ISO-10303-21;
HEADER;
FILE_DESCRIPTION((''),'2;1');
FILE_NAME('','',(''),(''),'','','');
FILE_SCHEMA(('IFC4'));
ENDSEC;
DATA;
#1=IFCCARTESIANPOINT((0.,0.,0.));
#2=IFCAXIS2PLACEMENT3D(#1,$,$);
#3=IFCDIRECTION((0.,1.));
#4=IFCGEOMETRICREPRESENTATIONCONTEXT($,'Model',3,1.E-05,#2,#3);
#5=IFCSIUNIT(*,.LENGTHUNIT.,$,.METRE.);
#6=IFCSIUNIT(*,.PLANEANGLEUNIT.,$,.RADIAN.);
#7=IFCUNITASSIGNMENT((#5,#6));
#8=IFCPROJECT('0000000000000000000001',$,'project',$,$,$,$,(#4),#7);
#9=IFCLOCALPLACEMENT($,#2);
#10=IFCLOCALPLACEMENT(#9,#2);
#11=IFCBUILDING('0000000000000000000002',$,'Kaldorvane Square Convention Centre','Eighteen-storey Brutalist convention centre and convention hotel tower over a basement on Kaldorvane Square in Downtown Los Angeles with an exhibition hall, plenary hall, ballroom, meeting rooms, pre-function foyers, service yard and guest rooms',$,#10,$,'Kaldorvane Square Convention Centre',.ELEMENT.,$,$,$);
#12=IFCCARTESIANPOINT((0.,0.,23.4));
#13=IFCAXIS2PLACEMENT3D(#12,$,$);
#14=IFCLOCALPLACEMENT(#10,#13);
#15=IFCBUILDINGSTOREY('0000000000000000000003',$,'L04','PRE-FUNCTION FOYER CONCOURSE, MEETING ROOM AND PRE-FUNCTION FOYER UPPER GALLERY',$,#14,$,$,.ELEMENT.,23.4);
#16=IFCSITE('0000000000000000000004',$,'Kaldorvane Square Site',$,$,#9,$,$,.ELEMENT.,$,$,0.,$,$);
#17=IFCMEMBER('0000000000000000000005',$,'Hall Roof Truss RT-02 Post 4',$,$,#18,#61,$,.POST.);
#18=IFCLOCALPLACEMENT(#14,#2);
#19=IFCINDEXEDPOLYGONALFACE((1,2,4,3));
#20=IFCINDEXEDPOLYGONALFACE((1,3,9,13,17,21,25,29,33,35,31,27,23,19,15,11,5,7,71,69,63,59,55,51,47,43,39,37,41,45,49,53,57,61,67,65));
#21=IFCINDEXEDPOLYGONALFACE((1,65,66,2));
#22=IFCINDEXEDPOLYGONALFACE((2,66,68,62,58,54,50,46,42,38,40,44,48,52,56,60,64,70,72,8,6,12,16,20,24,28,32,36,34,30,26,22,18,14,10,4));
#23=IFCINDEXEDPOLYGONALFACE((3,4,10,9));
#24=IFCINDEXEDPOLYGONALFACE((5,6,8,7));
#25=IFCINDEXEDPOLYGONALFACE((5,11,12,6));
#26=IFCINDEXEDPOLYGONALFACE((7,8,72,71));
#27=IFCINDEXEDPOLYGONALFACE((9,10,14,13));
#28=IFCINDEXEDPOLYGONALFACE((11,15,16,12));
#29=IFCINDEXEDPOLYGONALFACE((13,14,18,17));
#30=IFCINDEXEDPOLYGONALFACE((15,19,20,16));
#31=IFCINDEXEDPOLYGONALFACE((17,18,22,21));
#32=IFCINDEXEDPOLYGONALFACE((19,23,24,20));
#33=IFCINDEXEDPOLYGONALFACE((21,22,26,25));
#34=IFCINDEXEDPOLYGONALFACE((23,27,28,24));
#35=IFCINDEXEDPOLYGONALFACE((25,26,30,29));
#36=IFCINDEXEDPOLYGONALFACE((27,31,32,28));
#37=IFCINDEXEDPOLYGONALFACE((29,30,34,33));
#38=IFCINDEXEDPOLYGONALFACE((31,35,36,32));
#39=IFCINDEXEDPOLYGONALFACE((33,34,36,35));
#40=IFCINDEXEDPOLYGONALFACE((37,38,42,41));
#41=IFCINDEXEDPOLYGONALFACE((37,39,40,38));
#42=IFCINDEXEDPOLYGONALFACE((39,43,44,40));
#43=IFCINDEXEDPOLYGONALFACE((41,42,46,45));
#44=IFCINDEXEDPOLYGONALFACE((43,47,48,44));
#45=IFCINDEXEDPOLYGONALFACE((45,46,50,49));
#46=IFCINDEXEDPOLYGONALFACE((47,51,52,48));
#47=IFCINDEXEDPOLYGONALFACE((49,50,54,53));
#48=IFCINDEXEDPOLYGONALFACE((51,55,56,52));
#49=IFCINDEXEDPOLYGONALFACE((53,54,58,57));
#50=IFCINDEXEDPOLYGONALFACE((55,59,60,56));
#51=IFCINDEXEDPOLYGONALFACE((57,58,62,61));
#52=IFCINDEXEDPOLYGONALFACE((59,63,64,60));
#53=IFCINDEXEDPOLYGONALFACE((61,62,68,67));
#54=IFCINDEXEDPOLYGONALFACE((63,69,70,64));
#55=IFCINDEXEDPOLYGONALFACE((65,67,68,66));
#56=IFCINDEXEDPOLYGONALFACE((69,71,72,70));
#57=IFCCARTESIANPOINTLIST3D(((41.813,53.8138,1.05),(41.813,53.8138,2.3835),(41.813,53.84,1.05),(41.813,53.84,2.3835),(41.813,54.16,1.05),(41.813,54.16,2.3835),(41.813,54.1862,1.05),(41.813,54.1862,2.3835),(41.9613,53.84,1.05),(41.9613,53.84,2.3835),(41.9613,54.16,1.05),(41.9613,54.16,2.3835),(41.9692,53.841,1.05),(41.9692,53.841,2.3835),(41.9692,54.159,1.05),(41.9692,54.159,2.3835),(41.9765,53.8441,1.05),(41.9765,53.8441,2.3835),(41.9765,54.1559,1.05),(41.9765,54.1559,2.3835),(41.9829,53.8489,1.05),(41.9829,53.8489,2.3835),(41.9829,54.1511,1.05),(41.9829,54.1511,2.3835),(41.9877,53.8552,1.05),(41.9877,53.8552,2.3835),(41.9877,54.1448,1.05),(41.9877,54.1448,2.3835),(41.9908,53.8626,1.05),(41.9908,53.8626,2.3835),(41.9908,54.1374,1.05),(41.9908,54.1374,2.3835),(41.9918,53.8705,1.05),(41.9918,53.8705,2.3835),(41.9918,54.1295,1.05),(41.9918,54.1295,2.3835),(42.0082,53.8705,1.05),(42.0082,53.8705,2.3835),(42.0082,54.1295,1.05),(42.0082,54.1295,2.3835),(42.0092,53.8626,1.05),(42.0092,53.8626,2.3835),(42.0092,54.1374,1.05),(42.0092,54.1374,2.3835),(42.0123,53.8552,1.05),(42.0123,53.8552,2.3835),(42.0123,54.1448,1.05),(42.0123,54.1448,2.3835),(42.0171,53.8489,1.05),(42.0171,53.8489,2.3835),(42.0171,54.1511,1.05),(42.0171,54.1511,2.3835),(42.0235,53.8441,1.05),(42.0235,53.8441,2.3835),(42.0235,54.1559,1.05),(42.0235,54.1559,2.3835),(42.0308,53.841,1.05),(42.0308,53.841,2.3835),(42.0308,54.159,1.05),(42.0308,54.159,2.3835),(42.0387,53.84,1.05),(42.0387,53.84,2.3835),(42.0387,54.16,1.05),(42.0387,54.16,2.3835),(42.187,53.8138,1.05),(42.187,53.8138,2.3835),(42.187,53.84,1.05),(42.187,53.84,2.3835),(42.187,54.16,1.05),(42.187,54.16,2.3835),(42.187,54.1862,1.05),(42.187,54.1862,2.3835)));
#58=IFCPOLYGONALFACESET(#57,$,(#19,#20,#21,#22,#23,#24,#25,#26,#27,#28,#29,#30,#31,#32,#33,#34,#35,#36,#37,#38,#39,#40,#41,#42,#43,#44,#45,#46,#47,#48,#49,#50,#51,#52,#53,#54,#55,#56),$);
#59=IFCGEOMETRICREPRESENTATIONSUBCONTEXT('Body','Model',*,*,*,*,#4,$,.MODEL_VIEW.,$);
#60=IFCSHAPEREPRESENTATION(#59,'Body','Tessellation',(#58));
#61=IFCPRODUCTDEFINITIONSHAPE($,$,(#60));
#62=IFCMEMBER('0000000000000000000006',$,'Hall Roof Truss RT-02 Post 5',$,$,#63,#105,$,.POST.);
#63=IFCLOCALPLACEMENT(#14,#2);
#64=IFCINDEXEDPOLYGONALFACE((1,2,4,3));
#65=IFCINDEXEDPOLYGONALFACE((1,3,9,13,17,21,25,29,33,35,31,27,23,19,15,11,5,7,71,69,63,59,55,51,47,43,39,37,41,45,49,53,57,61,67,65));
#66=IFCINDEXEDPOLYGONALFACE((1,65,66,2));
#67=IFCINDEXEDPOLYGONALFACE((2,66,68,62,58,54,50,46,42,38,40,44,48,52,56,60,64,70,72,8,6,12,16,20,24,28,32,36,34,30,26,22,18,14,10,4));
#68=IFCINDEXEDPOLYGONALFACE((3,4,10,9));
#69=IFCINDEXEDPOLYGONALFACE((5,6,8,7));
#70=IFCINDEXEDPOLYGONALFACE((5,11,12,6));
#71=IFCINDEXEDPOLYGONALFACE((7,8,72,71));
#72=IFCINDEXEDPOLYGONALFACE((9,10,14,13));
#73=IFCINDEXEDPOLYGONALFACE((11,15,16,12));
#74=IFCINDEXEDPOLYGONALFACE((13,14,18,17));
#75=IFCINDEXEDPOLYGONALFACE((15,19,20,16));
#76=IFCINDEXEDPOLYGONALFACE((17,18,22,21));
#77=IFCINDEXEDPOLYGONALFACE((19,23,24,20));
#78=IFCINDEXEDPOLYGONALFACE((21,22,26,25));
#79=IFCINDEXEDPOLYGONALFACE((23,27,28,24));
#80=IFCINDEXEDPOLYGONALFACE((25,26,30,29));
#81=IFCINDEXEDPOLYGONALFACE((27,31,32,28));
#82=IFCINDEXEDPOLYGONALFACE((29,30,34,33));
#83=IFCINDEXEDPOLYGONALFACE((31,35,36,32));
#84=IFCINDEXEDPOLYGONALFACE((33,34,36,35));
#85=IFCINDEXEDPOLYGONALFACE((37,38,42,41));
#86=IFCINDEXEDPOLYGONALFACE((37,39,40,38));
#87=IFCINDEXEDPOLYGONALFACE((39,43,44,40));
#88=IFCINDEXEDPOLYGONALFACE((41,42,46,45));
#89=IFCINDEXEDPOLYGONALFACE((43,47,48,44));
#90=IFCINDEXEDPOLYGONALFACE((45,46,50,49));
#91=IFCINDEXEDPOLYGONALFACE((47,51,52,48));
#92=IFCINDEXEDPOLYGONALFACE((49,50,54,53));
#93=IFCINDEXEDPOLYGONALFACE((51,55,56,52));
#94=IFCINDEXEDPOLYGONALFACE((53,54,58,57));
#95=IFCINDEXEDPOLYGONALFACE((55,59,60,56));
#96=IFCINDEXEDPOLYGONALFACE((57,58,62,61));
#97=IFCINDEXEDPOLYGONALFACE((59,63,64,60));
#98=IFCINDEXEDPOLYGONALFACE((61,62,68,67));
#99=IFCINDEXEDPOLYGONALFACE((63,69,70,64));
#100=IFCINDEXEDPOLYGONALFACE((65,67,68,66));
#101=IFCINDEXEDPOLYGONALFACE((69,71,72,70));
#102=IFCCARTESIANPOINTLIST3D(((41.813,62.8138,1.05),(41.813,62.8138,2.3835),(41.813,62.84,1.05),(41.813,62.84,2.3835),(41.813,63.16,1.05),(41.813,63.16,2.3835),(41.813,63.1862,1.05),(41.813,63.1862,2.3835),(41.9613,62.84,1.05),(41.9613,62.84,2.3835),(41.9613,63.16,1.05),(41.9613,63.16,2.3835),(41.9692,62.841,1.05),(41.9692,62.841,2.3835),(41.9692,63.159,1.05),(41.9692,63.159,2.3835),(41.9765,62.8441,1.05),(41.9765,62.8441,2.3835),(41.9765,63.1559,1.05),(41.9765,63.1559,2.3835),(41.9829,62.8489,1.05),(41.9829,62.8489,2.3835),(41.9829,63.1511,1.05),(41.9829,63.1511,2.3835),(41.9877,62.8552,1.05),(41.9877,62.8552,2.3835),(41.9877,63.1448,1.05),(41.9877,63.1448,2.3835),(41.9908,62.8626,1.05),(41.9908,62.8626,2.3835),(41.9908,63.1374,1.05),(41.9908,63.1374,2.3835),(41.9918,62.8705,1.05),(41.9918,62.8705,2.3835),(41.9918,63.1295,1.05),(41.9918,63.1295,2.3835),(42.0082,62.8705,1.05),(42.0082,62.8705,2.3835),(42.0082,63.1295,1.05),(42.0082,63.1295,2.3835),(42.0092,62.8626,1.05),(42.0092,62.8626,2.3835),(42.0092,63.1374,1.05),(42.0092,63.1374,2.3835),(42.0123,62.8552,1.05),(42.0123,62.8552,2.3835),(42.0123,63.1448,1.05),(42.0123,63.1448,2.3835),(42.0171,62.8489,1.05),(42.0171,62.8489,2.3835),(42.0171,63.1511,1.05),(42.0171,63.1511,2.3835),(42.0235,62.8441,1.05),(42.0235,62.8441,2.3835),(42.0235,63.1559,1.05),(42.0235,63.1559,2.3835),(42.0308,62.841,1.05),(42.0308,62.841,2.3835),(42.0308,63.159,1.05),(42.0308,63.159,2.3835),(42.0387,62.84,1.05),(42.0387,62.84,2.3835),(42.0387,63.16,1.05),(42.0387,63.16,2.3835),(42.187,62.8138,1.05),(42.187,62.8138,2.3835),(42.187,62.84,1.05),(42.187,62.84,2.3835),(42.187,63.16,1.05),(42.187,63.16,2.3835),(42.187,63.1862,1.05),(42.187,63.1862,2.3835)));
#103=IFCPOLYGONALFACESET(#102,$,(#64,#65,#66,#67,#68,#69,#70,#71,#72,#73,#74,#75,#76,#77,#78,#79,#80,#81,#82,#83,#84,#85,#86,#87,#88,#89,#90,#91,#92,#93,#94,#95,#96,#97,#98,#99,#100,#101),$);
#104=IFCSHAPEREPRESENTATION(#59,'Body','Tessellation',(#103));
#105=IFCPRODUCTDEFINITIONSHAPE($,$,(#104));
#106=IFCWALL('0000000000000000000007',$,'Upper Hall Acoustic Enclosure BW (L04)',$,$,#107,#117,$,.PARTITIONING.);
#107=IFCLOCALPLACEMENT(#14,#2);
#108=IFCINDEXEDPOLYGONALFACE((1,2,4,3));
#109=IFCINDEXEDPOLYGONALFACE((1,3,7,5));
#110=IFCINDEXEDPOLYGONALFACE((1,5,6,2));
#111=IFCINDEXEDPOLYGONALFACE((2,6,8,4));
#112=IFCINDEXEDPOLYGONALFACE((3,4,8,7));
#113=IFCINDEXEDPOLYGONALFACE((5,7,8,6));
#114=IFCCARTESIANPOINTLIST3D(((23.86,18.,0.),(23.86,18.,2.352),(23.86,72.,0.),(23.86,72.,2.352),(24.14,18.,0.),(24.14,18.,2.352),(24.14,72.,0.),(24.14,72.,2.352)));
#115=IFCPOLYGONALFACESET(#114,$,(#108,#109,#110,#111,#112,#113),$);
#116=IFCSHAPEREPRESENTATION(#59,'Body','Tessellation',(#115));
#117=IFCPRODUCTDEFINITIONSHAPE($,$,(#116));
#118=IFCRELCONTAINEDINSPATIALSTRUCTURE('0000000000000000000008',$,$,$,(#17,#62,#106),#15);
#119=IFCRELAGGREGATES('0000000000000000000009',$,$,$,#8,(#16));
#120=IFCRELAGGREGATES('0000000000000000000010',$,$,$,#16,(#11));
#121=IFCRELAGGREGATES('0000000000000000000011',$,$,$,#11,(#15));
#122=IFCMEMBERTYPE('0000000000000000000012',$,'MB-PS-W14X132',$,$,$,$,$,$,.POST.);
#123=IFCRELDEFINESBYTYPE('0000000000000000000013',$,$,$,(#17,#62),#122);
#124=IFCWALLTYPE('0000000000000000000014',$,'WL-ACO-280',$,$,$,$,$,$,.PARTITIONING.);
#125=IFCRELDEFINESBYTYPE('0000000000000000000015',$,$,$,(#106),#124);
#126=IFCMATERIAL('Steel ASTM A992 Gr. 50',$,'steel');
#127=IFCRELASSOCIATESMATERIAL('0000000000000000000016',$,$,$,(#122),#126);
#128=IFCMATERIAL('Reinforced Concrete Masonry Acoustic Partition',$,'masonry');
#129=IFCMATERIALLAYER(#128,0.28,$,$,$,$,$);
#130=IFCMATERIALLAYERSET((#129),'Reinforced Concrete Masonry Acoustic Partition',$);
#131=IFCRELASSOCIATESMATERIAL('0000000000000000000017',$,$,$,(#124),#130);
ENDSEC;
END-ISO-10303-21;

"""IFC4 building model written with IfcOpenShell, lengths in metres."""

from ifc_helpers import new_model, si_unit, direction, frame, frame_2d, origin, origin_2d, place, context, subcontext, project, spatial, rectangle, i_section, extrude, material, layer, layer_set, material_profile, profile_set, type_object, element, save


model = new_model("IFC4")

# Units and contexts
model_context = context("Model", 3, precision=1e-05, world=origin(), true_north=direction((0.0, 1.0)))
body_context = subcontext(model_context, "Body", "Model", "MODEL_VIEW")
ifc_project = project(units=[si_unit("LENGTHUNIT", "METRE"), si_unit("PLANEANGLEUNIT", "RADIAN")], contexts=[model_context])

# Site, building, storey
site_placement = place(None, origin())
site = spatial("IfcSite", under=ifc_project, at=site_placement, Name="Kaldorvane Square Site", CompositionType="ELEMENT", RefElevation=0.0)
building_placement = place(site_placement, origin())
building = spatial("IfcBuilding", under=site, at=building_placement, Name="Kaldorvane Square Convention Centre", Description="Eighteen-storey Brutalist convention centre and convention hotel tower over a basement on Kaldorvane Square in Downtown Los Angeles with an exhibition hall, plenary hall, ballroom, meeting rooms, pre-function foyers, service yard and guest rooms", LongName="Kaldorvane Square Convention Centre", CompositionType="ELEMENT")
storey_placement = place(building_placement, frame((0.0, 0.0, 23.4)))
storey = spatial("IfcBuildingStorey", under=building, at=storey_placement, Name="L04", Description="PRE-FUNCTION FOYER CONCOURSE, MEETING ROOM AND PRE-FUNCTION FOYER UPPER GALLERY", CompositionType="ELEMENT", Elevation=23.4)

# Shared definitions
ifc_material_1 = material(Name="Steel ASTM A992 Gr. 50", Category="steel")

# Members
ifc_material_profile_1 = material_profile(ifc_material_1, i_section(OverallWidth=0.374, OverallDepth=0.3724, WebThickness=0.0164, FlangeThickness=0.0262, FilletRadius=0.0305, at=origin_2d()), Name="W14X132")
ifc_profile_set_1 = profile_set([ifc_material_profile_1], Name="Steel ASTM A992 Gr. 50")
member_type_1 = type_object("IfcMemberType", Name="MB-PS-W14X132", PredefinedType="POST", material=ifc_profile_set_1)
for number, where, z_axis, x_axis, name in (
    (1, (42.0, 54.0, 1.05), (0.0, 0.0, 1.0), (1.0, 0.0, 0.0), "Hall Roof Truss RT-02 Post 4"),
    (2, (42.0, 63.0, 1.05), (0.0, 0.0, 1.0), (1.0, 0.0, 0.0), "Hall Roof Truss RT-02 Post 5"),
):
    element("IfcMember", number, at=place(storey_placement, frame(where, z_axis=z_axis, x_axis=x_axis)), inside=storey, type_object=member_type_1, Name=name, PredefinedType="POST", context=body_context, shape_type="SweptSolid", body=[
        extrude(i_section(OverallWidth=0.374, OverallDepth=0.3724, WebThickness=0.0164, FlangeThickness=0.0262, FilletRadius=0.0305, at=origin_2d()), origin(), (0.0, 0.0, 1.0), 1.3335),
    ])

# Wall
ifc_material_2 = material(Name="Reinforced Concrete Masonry Acoustic Partition", Category="masonry")
ifc_layer = layer(ifc_material_2, 0.28)
ifc_layer_set = layer_set([ifc_layer], Name="Reinforced Concrete Masonry Acoustic Partition")
wall_type = type_object("IfcWallType", Name="WL-ACO-280", PredefinedType="PARTITIONING", material=ifc_layer_set)
wall_placement = place(storey_placement, frame((24.0, 72.0, 0.0), z_axis=(0.0, 0.0, 1.0), x_axis=(0.0, -1.0, 0.0)))
element("IfcWall", 3, at=wall_placement, inside=storey, type_object=wall_type, Name="Upper Hall Acoustic Enclosure BW (L04)", PredefinedType="PARTITIONING", context=body_context, shape_type="SweptSolid", body=[
    extrude(rectangle(XDim=54.0, YDim=0.28, at=frame_2d((27.0, 0.0))), origin(), (0.0, 0.0, 1.0), 2.352),
])

save(model, "model.ifc")
